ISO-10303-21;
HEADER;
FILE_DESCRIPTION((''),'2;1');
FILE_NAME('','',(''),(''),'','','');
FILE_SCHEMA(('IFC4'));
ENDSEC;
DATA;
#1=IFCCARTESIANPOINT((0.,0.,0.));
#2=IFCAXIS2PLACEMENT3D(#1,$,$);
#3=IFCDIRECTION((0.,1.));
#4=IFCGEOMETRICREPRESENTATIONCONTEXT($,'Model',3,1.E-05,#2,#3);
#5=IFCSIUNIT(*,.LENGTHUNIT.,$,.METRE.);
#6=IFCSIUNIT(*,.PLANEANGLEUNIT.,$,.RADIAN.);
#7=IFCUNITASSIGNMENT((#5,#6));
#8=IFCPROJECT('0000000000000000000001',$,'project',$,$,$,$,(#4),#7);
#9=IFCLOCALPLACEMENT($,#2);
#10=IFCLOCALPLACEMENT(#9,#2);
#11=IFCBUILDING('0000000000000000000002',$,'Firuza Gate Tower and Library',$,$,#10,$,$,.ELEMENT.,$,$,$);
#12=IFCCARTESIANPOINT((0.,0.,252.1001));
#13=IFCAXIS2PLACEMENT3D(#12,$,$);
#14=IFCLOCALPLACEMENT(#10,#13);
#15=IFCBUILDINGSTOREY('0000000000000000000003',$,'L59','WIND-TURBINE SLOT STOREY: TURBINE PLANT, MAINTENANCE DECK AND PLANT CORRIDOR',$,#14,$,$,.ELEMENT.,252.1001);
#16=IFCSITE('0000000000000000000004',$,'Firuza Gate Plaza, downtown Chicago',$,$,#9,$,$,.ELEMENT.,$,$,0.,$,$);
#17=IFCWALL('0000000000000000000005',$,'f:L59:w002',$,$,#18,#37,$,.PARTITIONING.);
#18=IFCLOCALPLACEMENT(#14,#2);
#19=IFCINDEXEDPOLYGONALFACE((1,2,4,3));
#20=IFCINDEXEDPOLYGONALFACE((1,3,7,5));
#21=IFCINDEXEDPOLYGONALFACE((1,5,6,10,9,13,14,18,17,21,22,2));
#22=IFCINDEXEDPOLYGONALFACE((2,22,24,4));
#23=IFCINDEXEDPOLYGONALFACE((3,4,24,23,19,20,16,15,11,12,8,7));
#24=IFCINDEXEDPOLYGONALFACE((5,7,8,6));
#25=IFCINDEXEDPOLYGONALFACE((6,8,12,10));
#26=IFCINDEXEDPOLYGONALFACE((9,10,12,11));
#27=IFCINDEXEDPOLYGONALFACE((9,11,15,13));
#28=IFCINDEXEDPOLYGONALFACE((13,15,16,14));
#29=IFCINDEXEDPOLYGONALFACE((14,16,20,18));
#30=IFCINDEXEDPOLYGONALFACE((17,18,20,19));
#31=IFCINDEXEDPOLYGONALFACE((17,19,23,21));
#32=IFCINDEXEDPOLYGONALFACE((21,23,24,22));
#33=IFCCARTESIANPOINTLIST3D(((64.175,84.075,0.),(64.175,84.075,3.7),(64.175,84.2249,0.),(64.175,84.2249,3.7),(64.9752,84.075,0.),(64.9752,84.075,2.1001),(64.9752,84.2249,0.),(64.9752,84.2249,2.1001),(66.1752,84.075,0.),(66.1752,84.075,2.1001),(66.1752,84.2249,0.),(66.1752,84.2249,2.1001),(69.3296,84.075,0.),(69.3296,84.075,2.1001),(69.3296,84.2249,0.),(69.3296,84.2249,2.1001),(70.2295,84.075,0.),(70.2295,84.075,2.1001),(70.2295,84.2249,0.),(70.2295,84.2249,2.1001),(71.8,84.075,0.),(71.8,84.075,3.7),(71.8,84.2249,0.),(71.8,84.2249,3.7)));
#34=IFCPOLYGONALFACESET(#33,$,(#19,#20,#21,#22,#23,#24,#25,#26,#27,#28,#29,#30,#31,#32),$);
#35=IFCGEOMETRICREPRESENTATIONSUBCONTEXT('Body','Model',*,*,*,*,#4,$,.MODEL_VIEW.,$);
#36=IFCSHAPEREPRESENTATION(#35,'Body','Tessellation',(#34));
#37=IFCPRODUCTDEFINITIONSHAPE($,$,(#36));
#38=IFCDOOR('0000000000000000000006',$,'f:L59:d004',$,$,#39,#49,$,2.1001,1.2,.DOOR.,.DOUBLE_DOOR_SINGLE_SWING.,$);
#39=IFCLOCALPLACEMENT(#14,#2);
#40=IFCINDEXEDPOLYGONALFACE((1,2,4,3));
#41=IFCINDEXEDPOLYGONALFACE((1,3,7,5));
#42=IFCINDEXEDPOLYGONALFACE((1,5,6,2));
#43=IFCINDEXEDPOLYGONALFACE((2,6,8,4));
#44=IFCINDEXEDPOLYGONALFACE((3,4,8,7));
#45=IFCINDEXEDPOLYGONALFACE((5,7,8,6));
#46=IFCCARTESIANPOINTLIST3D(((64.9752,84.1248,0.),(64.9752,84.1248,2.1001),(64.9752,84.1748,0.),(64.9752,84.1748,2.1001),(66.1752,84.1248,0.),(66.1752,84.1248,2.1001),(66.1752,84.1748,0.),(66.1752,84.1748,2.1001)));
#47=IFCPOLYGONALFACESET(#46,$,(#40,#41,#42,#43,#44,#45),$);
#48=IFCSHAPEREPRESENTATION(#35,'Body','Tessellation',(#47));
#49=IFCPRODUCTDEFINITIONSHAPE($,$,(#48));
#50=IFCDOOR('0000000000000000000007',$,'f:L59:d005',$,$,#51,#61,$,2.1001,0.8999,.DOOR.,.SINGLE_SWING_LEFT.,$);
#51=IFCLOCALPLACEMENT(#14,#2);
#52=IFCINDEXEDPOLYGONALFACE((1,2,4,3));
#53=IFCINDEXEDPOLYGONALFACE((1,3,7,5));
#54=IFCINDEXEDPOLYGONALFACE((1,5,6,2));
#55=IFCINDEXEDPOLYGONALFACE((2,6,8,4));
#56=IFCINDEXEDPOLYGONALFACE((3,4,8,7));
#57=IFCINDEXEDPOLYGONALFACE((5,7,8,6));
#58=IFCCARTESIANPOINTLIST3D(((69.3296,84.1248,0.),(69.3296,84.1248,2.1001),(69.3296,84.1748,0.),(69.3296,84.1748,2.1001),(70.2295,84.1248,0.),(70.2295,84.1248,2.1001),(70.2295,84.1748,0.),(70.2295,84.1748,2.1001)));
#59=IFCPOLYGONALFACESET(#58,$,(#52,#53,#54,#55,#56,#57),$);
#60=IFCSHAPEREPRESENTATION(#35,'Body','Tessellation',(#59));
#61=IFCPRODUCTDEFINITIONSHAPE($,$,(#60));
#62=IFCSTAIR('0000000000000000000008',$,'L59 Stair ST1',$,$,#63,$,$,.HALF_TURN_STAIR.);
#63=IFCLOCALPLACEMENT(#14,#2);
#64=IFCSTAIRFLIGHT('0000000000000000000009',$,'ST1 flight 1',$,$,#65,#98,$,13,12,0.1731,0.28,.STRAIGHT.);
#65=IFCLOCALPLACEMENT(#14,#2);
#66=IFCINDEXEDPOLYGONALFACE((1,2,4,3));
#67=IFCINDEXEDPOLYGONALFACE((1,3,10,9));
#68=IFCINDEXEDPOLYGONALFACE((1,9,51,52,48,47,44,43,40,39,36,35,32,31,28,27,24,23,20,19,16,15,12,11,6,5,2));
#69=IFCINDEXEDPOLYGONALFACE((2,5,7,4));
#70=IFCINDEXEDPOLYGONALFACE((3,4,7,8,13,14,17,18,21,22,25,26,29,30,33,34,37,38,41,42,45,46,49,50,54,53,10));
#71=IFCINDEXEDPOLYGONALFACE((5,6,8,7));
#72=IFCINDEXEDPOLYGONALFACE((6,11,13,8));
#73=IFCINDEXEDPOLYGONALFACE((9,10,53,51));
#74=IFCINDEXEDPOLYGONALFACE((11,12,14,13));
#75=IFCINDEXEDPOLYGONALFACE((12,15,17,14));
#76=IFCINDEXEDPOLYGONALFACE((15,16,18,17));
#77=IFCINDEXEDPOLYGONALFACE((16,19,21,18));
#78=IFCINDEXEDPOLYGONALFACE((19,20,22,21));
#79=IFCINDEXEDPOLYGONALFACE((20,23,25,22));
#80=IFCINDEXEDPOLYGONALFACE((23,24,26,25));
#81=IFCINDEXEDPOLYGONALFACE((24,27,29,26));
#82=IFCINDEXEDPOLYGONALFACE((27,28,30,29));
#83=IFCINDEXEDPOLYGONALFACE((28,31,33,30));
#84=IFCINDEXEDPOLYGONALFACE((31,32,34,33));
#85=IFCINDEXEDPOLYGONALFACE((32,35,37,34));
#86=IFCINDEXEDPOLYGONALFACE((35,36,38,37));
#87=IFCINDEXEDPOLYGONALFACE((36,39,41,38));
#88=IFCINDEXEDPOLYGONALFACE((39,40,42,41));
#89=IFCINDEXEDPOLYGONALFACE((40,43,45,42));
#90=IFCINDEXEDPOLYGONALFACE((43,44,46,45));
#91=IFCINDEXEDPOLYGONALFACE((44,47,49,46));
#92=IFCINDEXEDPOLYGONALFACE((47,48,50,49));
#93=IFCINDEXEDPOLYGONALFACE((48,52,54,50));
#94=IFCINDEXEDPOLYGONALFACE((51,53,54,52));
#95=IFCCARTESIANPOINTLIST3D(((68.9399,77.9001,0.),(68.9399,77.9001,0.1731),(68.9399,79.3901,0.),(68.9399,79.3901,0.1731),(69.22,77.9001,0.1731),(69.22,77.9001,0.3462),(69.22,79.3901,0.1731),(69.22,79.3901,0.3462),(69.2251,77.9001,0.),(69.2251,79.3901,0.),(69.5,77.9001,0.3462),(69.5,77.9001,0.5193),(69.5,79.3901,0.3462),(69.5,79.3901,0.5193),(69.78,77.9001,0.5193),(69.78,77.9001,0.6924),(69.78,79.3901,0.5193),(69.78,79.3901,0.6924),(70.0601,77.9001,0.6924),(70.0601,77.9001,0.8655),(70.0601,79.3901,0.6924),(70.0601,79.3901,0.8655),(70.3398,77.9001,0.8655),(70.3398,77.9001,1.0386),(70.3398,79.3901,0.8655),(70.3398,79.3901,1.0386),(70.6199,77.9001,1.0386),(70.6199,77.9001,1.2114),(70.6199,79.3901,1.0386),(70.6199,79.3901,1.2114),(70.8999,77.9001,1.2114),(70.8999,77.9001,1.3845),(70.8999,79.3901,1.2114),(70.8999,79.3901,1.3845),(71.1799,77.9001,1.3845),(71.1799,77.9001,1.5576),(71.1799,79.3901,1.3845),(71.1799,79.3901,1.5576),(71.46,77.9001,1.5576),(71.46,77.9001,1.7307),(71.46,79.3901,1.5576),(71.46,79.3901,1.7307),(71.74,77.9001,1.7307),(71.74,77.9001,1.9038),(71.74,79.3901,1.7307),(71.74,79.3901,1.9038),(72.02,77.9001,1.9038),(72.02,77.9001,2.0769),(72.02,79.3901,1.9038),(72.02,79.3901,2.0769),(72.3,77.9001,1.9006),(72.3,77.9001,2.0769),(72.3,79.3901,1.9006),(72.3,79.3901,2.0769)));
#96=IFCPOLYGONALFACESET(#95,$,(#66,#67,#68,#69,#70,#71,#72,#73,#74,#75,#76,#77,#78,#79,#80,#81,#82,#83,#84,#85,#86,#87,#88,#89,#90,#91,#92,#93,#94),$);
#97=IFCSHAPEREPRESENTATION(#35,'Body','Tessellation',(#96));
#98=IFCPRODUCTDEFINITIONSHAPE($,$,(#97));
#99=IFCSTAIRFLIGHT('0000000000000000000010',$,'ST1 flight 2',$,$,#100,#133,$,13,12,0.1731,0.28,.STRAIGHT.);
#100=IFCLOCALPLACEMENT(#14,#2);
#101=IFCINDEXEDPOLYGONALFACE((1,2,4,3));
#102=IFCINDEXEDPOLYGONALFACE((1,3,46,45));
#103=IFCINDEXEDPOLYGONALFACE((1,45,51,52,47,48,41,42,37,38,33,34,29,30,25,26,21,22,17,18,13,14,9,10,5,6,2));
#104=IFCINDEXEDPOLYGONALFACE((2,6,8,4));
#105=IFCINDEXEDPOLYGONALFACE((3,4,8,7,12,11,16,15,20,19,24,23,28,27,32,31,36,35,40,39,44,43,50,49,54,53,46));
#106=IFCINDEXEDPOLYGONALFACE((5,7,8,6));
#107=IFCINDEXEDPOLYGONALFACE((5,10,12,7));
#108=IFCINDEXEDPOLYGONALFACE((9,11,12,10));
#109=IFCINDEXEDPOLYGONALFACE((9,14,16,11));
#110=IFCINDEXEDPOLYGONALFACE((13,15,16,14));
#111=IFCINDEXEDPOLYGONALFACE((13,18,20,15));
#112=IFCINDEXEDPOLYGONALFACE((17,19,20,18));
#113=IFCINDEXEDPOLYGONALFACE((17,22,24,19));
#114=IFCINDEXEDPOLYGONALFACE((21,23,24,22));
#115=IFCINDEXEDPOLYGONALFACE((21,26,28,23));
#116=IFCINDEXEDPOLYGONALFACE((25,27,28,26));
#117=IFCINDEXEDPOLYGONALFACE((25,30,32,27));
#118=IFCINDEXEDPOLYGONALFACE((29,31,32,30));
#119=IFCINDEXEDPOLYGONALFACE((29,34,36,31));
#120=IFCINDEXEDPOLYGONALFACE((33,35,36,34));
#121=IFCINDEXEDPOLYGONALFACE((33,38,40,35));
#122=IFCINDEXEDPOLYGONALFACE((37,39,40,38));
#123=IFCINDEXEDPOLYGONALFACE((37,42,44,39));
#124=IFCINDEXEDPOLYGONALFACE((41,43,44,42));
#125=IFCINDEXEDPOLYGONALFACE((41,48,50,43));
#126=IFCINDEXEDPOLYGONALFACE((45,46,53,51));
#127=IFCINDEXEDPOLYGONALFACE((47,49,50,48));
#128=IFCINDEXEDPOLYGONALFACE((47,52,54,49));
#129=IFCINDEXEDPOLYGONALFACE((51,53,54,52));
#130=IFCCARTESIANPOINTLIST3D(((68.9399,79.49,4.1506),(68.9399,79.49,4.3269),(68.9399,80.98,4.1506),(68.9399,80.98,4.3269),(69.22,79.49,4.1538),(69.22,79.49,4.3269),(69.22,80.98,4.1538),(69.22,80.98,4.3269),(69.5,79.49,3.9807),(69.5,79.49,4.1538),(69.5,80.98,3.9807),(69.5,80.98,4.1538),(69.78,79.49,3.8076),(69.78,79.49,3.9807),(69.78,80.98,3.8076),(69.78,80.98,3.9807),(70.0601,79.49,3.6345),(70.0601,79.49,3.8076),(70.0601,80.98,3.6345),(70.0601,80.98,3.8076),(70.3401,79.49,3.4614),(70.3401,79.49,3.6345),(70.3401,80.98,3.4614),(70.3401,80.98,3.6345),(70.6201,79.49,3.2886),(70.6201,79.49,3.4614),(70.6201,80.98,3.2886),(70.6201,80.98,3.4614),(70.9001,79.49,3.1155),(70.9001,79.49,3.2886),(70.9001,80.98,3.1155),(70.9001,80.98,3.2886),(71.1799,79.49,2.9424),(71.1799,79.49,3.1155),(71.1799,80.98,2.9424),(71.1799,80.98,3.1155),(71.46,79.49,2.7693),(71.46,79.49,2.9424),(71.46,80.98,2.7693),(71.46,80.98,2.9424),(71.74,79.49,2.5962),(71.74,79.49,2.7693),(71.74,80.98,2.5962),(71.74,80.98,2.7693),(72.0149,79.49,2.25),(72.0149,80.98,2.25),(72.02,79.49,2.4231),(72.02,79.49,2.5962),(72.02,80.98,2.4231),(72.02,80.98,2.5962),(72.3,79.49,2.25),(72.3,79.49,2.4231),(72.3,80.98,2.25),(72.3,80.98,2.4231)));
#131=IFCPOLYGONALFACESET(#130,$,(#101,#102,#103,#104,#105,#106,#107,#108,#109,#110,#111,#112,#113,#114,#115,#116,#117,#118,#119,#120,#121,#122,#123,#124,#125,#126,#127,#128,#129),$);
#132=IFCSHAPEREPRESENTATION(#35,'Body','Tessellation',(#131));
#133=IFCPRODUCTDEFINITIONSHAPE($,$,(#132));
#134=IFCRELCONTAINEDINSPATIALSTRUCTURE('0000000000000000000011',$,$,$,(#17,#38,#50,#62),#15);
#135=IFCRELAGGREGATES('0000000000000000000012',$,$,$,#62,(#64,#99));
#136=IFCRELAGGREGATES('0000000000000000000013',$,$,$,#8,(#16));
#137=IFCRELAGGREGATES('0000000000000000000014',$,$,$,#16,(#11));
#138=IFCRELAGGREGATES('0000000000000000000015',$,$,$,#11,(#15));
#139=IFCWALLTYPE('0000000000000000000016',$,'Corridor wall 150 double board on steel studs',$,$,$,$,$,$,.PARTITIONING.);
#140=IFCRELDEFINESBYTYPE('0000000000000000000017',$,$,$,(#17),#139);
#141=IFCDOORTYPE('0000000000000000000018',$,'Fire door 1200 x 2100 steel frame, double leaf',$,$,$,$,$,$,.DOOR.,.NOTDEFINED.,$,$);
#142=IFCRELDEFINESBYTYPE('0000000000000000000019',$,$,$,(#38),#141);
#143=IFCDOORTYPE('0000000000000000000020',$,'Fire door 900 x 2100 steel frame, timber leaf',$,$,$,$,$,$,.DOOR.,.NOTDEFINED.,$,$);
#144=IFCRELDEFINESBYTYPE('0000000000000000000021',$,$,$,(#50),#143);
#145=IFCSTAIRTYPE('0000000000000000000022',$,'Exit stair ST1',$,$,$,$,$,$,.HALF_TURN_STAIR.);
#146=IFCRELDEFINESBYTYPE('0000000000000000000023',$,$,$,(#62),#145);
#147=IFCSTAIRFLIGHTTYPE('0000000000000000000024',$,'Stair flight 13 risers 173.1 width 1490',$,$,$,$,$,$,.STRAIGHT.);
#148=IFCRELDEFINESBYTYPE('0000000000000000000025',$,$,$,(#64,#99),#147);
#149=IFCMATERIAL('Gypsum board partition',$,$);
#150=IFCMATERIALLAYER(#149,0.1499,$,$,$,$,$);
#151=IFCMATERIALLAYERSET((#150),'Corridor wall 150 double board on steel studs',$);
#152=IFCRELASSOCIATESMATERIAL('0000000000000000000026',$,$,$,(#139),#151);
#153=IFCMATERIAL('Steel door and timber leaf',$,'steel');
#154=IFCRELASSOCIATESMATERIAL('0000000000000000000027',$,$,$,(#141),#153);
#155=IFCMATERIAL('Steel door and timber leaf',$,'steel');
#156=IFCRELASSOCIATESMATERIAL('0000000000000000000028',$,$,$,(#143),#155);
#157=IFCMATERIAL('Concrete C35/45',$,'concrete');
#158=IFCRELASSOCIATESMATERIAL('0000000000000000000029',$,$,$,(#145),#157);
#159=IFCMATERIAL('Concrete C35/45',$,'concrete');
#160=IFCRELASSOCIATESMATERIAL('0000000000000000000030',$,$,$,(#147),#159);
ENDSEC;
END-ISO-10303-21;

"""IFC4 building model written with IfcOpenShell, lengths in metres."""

from ifc_helpers import new_model, si_unit, direction, frame, frame_2d, origin, place, context, subcontext, project, spatial, polyline, rectangle, outline, extrude, material, layer, layer_set, type_object, element, fill, aggregate, save


model = new_model("IFC4")

# Units and contexts
model_context = context("Model", 3, precision=1e-05, world=origin(), true_north=direction((0.0, 1.0)))
body_context = subcontext(model_context, "Body", "Model", "MODEL_VIEW")
ifc_project = project(units=[si_unit("LENGTHUNIT", "METRE"), si_unit("PLANEANGLEUNIT", "RADIAN")], contexts=[model_context])

# Site, building, storey
site_placement = place(None, origin())
site = spatial("IfcSite", under=ifc_project, at=site_placement, Name="Firuza Gate Plaza, downtown Chicago", CompositionType="ELEMENT", RefElevation=0.0)
building_placement = place(site_placement, origin())
building = spatial("IfcBuilding", under=site, at=building_placement, Name="Firuza Gate Tower and Library", CompositionType="ELEMENT")
storey_placement = place(building_placement, frame((0.0, 0.0, 252.1001)))
storey = spatial("IfcBuildingStorey", under=building, at=storey_placement, Name="L59", Description="WIND-TURBINE SLOT STOREY: TURBINE PLANT, MAINTENANCE DECK AND PLANT CORRIDOR", CompositionType="ELEMENT", Elevation=252.1001)

# Wall, openings, doors
ifc_material_1 = material(Name="Gypsum board partition")
ifc_layer_1 = layer(ifc_material_1, 0.1499)
ifc_layer_set_1 = layer_set([ifc_layer_1], Name="Corridor wall 150 double board on steel studs")
wall_type_1 = type_object("IfcWallType", Name="Corridor wall 150 double board on steel studs", PredefinedType="PARTITIONING", material=ifc_layer_set_1)
wall_1_placement = place(storey_placement, frame((64.175, 84.1499, 0.0), z_axis=(0.0, 0.0, 1.0), x_axis=(1.0, 0.0, 0.0)))
wall_1 = element("IfcWall", 1, at=wall_1_placement, inside=storey, type_object=wall_type_1, Name="f:L59:w002", PredefinedType="PARTITIONING", context=body_context, shape_type="SweptSolid", body=[
    extrude(rectangle(XDim=7.625, YDim=0.1499, at=frame_2d((3.8125, 0.0))), origin(), (0.0, 0.0, 1.0), 3.7),
])
opening_1_placement = place(wall_1_placement, frame((0.8, 0.0, 0.0)))
opening_1 = element("IfcOpeningElement", 2, at=opening_1_placement, cuts=wall_1, PredefinedType="OPENING", context=body_context, shape_type="SweptSolid", body=[
    extrude(rectangle(XDim=1.2, YDim=2.1001, at=frame_2d((0.6001, 1.05))), frame((0.0, 0.085, 0.0), z_axis=(0.0, -1.0, 0.0), x_axis=(1.0, 0.0, 0.0)), (0.0, 0.0, 1.0), 0.1699),
])
opening_2_placement = place(wall_1_placement, frame((5.1545, 0.0, 0.0)))
opening_2 = element("IfcOpeningElement", 3, at=opening_2_placement, cuts=wall_1, PredefinedType="OPENING", context=body_context, shape_type="SweptSolid", body=[
    extrude(rectangle(XDim=0.8999, YDim=2.1001, at=frame_2d((0.45, 1.05))), frame((0.0, 0.085, 0.0), z_axis=(0.0, -1.0, 0.0), x_axis=(1.0, 0.0, 0.0)), (0.0, 0.0, 1.0), 0.1699),
])
ifc_material_2 = material(Name="Steel door and timber leaf", Category="steel")
door_type_1 = type_object("IfcDoorType", Name="Fire door 1200 x 2100 steel frame, double leaf", OperationType="NOTDEFINED", PredefinedType="DOOR", material=ifc_material_2)
door_1_placement = place(opening_1_placement, origin())
door_1 = element("IfcDoor", 4, at=door_1_placement, inside=storey, type_object=door_type_1, Name="f:L59:d004", OperationType="DOUBLE_DOOR_SINGLE_SWING", OverallHeight=2.1001, OverallWidth=1.2, PredefinedType="DOOR", context=body_context, shape_type="SweptSolid", body=[
    extrude(rectangle(XDim=1.2, YDim=2.1001, at=frame_2d((0.6001, 1.05))), frame((0.0, 0.0249, 0.0), z_axis=(0.0, -1.0, 0.0), x_axis=(1.0, 0.0, 0.0)), (0.0, 0.0, 1.0), 0.05),
])
fill(opening_1, door_1)
ifc_material_3 = material(Name="Steel door and timber leaf", Category="steel")
door_type_2 = type_object("IfcDoorType", Name="Fire door 900 x 2100 steel frame, timber leaf", OperationType="NOTDEFINED", PredefinedType="DOOR", material=ifc_material_3)
door_2_placement = place(opening_2_placement, origin())
door_2 = element("IfcDoor", 5, at=door_2_placement, inside=storey, type_object=door_type_2, Name="f:L59:d005", OperationType="SINGLE_SWING_LEFT", OverallHeight=2.1001, OverallWidth=0.8999, PredefinedType="DOOR", context=body_context, shape_type="SweptSolid", body=[
    extrude(rectangle(XDim=0.8999, YDim=2.1001, at=frame_2d((0.45, 1.05))), frame((0.0, 0.0249, 0.0), z_axis=(0.0, -1.0, 0.0), x_axis=(1.0, 0.0, 0.0)), (0.0, 0.0, 1.0), 0.05),
])
fill(opening_2, door_2)

# Stair, stair flights
ifc_material_4 = material(Name="Concrete C35/45", Category="concrete")
stair_type = type_object("IfcStairType", Name="Exit stair ST1", PredefinedType="HALF_TURN_STAIR", material=ifc_material_4)
stair_placement = place(storey_placement, origin())
stair = element("IfcStair", 6, at=stair_placement, inside=storey, type_object=stair_type, Name="L59 Stair ST1", PredefinedType="HALF_TURN_STAIR")
ifc_material_5 = material(Name="Concrete C35/45", Category="concrete")
stair_flight_type = type_object("IfcStairFlightType", Name="Stair flight 13 risers 173.1 width 1490", PredefinedType="STRAIGHT", material=ifc_material_5)
stair_flight_1_placement = place(storey_placement, frame((68.9399, 78.645, 0.0), z_axis=(0.0, 0.0, 1.0), x_axis=(1.0, 0.0, 0.0)))
stair_flight_1 = element("IfcStairFlight", 7, at=stair_flight_1_placement, type_object=stair_flight_type, Name="ST1 flight 1", NumberOfRisers=13, NumberOfTreads=12, PredefinedType="STRAIGHT", RiserHeight=0.1731, TreadLength=0.28, context=body_context, shape_type="SweptSolid", body=[
    extrude(outline(polyline([(0.0, 0.0), (0.0, 0.1731), (0.28, 0.1731), (0.28, 0.3462), (0.5601, 0.3462), (0.5601, 0.5193), (0.8401, 0.5193), (0.8401, 0.6924), (1.1201, 0.6924), (1.1201, 0.8655), (1.3999, 0.8655), (1.3999, 1.0386), (1.6799, 1.0386), (1.6799, 1.2114), (1.96, 1.2114), (1.96, 1.3845), (2.24, 1.3845), (2.24, 1.5576), (2.52, 1.5576), (2.52, 1.7307), (2.8, 1.7307), (2.8, 1.9038), (3.0801, 1.9038), (3.0801, 2.0769), (3.3601, 2.0769), (3.3601, 2.25), (3.3601, 1.9006), (0.2852, 0.0), (0.0, 0.0)])), frame((0.0, 0.7451, 0.0), z_axis=(0.0, -1.0, 0.0), x_axis=(1.0, 0.0, 0.0)), (0.0, 0.0, 1.0), 1.49),
])
stair_flight_2_placement = place(storey_placement, frame((72.3, 80.2351, 2.25), z_axis=(0.0, 0.0, 1.0), x_axis=(-1.0, 0.0, 0.0)))
stair_flight_2 = element("IfcStairFlight", 8, at=stair_flight_2_placement, type_object=stair_flight_type, Name="ST1 flight 2", NumberOfRisers=13, NumberOfTreads=12, PredefinedType="STRAIGHT", RiserHeight=0.1731, TreadLength=0.28, context=body_context, shape_type="SweptSolid", body=[
    extrude(outline(polyline([(0.0, 0.0), (0.0, 0.1731), (0.28, 0.1731), (0.28, 0.3462), (0.5601, 0.3462), (0.5601, 0.5193), (0.8401, 0.5193), (0.8401, 0.6924), (1.1201, 0.6924), (1.1201, 0.8655), (1.3999, 0.8655), (1.3999, 1.0386), (1.6799, 1.0386), (1.6799, 1.2114), (1.96, 1.2114), (1.96, 1.3845), (2.24, 1.3845), (2.24, 1.5576), (2.52, 1.5576), (2.52, 1.7307), (2.8, 1.7307), (2.8, 1.9038), (3.0801, 1.9038), (3.0801, 2.0769), (3.3601, 2.0769), (3.3601, 2.25), (3.3601, 1.9006), (0.2852, 0.0), (0.0, 0.0)])), frame((0.0, 0.7451, 0.0), z_axis=(0.0, -1.0, 0.0), x_axis=(1.0, 0.0, 0.0)), (0.0, 0.0, 1.0), 1.49),
])
aggregate(stair, [stair_flight_1, stair_flight_2])

save(model, "model.ifc")
